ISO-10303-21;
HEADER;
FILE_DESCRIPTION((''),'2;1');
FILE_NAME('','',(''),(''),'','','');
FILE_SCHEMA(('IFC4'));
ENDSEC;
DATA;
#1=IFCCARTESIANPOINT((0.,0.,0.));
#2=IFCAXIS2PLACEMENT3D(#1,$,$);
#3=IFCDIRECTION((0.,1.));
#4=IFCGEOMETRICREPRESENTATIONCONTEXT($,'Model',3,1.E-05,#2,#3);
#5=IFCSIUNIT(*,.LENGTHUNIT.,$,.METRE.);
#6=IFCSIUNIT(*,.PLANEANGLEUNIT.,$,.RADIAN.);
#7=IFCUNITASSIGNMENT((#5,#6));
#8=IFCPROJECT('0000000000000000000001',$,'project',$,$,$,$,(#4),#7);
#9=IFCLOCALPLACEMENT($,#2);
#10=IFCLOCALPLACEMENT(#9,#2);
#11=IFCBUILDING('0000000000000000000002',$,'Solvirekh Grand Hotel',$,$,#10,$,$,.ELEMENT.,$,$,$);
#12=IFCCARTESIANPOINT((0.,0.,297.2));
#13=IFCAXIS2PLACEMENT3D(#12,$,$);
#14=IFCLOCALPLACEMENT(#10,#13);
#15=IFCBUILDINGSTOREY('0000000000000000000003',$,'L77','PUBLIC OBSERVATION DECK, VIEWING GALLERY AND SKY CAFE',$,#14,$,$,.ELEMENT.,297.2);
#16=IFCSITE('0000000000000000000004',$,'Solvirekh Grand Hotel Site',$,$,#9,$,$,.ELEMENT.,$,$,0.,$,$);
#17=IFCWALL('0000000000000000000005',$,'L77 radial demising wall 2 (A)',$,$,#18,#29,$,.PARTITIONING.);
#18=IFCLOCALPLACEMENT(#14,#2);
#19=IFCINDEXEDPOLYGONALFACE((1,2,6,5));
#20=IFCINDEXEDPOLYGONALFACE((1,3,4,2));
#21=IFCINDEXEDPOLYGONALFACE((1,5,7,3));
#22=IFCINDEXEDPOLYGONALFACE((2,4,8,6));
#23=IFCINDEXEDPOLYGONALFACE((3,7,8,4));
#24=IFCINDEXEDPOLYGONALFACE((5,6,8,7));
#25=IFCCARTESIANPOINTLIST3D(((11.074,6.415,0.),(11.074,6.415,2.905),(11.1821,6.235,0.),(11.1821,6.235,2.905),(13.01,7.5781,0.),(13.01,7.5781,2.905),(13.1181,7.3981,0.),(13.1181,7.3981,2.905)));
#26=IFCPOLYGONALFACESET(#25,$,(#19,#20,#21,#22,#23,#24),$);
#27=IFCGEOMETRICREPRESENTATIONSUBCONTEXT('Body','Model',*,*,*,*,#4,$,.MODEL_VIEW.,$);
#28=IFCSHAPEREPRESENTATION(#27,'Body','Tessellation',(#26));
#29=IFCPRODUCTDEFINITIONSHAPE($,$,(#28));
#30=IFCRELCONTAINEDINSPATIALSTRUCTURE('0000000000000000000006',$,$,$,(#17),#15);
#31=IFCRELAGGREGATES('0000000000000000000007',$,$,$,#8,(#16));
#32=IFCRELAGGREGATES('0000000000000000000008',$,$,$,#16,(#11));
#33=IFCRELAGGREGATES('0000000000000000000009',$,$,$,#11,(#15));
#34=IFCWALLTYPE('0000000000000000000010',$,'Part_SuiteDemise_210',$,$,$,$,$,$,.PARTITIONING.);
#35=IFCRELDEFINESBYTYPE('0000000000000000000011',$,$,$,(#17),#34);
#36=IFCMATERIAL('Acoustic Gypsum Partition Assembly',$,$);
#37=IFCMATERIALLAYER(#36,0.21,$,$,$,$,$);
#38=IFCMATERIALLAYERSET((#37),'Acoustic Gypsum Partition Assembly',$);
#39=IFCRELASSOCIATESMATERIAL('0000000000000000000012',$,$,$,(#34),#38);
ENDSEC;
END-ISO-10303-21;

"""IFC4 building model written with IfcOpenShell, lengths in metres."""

from ifc_helpers import new_model, si_unit, direction, frame, frame_2d, origin, place, context, subcontext, project, spatial, rectangle, extrude, material, layer, layer_set, type_object, element, save


model = new_model("IFC4")

# Units and contexts
model_context = context("Model", 3, precision=1e-05, world=origin(), true_north=direction((0.0, 1.0)))
body_context = subcontext(model_context, "Body", "Model", "MODEL_VIEW")
ifc_project = project(units=[si_unit("LENGTHUNIT", "METRE"), si_unit("PLANEANGLEUNIT", "RADIAN")], contexts=[model_context])

# Site, building, storey
site_placement = place(None, origin())
site = spatial("IfcSite", under=ifc_project, at=site_placement, Name="Solvirekh Grand Hotel Site", CompositionType="ELEMENT", RefElevation=0.0)
building_placement = place(site_placement, origin())
building = spatial("IfcBuilding", under=site, at=building_placement, Name="Solvirekh Grand Hotel", CompositionType="ELEMENT")
storey_placement = place(building_placement, frame((0.0, 0.0, 297.2)))
storey = spatial("IfcBuildingStorey", under=building, at=storey_placement, Name="L77", Description="PUBLIC OBSERVATION DECK, VIEWING GALLERY AND SKY CAFE", CompositionType="ELEMENT", Elevation=297.2)

# Shared definitions
ifc_material_1 = material(Name="Acoustic Gypsum Partition Assembly")

# Wall
ifc_layer_1 = layer(ifc_material_1, 0.21)
ifc_layer_set_1 = layer_set([ifc_layer_1], Name="Acoustic Gypsum Partition Assembly")
wall_type_1 = type_object("IfcWallType", Name="Part_SuiteDemise_210", PredefinedType="PARTITIONING", material=ifc_layer_set_1)
wall_1_placement = place(storey_placement, frame((11.1279, 6.325, 0.0), z_axis=(0.0, 0.0, 1.0), x_axis=(0.857207, 0.514973, 0.0)))
element("IfcWall", 1, at=wall_1_placement, inside=storey, type_object=wall_type_1, Name="L77 radial demising wall 2 (A)", PredefinedType="PARTITIONING", context=body_context, shape_type="SweptSolid", body=[
    extrude(rectangle(XDim=2.2585, YDim=0.21, at=frame_2d((1.1294, 0.0))), origin(), (0.0, 0.0, 1.0), 2.905),
])

save(model, "model.ifc")
